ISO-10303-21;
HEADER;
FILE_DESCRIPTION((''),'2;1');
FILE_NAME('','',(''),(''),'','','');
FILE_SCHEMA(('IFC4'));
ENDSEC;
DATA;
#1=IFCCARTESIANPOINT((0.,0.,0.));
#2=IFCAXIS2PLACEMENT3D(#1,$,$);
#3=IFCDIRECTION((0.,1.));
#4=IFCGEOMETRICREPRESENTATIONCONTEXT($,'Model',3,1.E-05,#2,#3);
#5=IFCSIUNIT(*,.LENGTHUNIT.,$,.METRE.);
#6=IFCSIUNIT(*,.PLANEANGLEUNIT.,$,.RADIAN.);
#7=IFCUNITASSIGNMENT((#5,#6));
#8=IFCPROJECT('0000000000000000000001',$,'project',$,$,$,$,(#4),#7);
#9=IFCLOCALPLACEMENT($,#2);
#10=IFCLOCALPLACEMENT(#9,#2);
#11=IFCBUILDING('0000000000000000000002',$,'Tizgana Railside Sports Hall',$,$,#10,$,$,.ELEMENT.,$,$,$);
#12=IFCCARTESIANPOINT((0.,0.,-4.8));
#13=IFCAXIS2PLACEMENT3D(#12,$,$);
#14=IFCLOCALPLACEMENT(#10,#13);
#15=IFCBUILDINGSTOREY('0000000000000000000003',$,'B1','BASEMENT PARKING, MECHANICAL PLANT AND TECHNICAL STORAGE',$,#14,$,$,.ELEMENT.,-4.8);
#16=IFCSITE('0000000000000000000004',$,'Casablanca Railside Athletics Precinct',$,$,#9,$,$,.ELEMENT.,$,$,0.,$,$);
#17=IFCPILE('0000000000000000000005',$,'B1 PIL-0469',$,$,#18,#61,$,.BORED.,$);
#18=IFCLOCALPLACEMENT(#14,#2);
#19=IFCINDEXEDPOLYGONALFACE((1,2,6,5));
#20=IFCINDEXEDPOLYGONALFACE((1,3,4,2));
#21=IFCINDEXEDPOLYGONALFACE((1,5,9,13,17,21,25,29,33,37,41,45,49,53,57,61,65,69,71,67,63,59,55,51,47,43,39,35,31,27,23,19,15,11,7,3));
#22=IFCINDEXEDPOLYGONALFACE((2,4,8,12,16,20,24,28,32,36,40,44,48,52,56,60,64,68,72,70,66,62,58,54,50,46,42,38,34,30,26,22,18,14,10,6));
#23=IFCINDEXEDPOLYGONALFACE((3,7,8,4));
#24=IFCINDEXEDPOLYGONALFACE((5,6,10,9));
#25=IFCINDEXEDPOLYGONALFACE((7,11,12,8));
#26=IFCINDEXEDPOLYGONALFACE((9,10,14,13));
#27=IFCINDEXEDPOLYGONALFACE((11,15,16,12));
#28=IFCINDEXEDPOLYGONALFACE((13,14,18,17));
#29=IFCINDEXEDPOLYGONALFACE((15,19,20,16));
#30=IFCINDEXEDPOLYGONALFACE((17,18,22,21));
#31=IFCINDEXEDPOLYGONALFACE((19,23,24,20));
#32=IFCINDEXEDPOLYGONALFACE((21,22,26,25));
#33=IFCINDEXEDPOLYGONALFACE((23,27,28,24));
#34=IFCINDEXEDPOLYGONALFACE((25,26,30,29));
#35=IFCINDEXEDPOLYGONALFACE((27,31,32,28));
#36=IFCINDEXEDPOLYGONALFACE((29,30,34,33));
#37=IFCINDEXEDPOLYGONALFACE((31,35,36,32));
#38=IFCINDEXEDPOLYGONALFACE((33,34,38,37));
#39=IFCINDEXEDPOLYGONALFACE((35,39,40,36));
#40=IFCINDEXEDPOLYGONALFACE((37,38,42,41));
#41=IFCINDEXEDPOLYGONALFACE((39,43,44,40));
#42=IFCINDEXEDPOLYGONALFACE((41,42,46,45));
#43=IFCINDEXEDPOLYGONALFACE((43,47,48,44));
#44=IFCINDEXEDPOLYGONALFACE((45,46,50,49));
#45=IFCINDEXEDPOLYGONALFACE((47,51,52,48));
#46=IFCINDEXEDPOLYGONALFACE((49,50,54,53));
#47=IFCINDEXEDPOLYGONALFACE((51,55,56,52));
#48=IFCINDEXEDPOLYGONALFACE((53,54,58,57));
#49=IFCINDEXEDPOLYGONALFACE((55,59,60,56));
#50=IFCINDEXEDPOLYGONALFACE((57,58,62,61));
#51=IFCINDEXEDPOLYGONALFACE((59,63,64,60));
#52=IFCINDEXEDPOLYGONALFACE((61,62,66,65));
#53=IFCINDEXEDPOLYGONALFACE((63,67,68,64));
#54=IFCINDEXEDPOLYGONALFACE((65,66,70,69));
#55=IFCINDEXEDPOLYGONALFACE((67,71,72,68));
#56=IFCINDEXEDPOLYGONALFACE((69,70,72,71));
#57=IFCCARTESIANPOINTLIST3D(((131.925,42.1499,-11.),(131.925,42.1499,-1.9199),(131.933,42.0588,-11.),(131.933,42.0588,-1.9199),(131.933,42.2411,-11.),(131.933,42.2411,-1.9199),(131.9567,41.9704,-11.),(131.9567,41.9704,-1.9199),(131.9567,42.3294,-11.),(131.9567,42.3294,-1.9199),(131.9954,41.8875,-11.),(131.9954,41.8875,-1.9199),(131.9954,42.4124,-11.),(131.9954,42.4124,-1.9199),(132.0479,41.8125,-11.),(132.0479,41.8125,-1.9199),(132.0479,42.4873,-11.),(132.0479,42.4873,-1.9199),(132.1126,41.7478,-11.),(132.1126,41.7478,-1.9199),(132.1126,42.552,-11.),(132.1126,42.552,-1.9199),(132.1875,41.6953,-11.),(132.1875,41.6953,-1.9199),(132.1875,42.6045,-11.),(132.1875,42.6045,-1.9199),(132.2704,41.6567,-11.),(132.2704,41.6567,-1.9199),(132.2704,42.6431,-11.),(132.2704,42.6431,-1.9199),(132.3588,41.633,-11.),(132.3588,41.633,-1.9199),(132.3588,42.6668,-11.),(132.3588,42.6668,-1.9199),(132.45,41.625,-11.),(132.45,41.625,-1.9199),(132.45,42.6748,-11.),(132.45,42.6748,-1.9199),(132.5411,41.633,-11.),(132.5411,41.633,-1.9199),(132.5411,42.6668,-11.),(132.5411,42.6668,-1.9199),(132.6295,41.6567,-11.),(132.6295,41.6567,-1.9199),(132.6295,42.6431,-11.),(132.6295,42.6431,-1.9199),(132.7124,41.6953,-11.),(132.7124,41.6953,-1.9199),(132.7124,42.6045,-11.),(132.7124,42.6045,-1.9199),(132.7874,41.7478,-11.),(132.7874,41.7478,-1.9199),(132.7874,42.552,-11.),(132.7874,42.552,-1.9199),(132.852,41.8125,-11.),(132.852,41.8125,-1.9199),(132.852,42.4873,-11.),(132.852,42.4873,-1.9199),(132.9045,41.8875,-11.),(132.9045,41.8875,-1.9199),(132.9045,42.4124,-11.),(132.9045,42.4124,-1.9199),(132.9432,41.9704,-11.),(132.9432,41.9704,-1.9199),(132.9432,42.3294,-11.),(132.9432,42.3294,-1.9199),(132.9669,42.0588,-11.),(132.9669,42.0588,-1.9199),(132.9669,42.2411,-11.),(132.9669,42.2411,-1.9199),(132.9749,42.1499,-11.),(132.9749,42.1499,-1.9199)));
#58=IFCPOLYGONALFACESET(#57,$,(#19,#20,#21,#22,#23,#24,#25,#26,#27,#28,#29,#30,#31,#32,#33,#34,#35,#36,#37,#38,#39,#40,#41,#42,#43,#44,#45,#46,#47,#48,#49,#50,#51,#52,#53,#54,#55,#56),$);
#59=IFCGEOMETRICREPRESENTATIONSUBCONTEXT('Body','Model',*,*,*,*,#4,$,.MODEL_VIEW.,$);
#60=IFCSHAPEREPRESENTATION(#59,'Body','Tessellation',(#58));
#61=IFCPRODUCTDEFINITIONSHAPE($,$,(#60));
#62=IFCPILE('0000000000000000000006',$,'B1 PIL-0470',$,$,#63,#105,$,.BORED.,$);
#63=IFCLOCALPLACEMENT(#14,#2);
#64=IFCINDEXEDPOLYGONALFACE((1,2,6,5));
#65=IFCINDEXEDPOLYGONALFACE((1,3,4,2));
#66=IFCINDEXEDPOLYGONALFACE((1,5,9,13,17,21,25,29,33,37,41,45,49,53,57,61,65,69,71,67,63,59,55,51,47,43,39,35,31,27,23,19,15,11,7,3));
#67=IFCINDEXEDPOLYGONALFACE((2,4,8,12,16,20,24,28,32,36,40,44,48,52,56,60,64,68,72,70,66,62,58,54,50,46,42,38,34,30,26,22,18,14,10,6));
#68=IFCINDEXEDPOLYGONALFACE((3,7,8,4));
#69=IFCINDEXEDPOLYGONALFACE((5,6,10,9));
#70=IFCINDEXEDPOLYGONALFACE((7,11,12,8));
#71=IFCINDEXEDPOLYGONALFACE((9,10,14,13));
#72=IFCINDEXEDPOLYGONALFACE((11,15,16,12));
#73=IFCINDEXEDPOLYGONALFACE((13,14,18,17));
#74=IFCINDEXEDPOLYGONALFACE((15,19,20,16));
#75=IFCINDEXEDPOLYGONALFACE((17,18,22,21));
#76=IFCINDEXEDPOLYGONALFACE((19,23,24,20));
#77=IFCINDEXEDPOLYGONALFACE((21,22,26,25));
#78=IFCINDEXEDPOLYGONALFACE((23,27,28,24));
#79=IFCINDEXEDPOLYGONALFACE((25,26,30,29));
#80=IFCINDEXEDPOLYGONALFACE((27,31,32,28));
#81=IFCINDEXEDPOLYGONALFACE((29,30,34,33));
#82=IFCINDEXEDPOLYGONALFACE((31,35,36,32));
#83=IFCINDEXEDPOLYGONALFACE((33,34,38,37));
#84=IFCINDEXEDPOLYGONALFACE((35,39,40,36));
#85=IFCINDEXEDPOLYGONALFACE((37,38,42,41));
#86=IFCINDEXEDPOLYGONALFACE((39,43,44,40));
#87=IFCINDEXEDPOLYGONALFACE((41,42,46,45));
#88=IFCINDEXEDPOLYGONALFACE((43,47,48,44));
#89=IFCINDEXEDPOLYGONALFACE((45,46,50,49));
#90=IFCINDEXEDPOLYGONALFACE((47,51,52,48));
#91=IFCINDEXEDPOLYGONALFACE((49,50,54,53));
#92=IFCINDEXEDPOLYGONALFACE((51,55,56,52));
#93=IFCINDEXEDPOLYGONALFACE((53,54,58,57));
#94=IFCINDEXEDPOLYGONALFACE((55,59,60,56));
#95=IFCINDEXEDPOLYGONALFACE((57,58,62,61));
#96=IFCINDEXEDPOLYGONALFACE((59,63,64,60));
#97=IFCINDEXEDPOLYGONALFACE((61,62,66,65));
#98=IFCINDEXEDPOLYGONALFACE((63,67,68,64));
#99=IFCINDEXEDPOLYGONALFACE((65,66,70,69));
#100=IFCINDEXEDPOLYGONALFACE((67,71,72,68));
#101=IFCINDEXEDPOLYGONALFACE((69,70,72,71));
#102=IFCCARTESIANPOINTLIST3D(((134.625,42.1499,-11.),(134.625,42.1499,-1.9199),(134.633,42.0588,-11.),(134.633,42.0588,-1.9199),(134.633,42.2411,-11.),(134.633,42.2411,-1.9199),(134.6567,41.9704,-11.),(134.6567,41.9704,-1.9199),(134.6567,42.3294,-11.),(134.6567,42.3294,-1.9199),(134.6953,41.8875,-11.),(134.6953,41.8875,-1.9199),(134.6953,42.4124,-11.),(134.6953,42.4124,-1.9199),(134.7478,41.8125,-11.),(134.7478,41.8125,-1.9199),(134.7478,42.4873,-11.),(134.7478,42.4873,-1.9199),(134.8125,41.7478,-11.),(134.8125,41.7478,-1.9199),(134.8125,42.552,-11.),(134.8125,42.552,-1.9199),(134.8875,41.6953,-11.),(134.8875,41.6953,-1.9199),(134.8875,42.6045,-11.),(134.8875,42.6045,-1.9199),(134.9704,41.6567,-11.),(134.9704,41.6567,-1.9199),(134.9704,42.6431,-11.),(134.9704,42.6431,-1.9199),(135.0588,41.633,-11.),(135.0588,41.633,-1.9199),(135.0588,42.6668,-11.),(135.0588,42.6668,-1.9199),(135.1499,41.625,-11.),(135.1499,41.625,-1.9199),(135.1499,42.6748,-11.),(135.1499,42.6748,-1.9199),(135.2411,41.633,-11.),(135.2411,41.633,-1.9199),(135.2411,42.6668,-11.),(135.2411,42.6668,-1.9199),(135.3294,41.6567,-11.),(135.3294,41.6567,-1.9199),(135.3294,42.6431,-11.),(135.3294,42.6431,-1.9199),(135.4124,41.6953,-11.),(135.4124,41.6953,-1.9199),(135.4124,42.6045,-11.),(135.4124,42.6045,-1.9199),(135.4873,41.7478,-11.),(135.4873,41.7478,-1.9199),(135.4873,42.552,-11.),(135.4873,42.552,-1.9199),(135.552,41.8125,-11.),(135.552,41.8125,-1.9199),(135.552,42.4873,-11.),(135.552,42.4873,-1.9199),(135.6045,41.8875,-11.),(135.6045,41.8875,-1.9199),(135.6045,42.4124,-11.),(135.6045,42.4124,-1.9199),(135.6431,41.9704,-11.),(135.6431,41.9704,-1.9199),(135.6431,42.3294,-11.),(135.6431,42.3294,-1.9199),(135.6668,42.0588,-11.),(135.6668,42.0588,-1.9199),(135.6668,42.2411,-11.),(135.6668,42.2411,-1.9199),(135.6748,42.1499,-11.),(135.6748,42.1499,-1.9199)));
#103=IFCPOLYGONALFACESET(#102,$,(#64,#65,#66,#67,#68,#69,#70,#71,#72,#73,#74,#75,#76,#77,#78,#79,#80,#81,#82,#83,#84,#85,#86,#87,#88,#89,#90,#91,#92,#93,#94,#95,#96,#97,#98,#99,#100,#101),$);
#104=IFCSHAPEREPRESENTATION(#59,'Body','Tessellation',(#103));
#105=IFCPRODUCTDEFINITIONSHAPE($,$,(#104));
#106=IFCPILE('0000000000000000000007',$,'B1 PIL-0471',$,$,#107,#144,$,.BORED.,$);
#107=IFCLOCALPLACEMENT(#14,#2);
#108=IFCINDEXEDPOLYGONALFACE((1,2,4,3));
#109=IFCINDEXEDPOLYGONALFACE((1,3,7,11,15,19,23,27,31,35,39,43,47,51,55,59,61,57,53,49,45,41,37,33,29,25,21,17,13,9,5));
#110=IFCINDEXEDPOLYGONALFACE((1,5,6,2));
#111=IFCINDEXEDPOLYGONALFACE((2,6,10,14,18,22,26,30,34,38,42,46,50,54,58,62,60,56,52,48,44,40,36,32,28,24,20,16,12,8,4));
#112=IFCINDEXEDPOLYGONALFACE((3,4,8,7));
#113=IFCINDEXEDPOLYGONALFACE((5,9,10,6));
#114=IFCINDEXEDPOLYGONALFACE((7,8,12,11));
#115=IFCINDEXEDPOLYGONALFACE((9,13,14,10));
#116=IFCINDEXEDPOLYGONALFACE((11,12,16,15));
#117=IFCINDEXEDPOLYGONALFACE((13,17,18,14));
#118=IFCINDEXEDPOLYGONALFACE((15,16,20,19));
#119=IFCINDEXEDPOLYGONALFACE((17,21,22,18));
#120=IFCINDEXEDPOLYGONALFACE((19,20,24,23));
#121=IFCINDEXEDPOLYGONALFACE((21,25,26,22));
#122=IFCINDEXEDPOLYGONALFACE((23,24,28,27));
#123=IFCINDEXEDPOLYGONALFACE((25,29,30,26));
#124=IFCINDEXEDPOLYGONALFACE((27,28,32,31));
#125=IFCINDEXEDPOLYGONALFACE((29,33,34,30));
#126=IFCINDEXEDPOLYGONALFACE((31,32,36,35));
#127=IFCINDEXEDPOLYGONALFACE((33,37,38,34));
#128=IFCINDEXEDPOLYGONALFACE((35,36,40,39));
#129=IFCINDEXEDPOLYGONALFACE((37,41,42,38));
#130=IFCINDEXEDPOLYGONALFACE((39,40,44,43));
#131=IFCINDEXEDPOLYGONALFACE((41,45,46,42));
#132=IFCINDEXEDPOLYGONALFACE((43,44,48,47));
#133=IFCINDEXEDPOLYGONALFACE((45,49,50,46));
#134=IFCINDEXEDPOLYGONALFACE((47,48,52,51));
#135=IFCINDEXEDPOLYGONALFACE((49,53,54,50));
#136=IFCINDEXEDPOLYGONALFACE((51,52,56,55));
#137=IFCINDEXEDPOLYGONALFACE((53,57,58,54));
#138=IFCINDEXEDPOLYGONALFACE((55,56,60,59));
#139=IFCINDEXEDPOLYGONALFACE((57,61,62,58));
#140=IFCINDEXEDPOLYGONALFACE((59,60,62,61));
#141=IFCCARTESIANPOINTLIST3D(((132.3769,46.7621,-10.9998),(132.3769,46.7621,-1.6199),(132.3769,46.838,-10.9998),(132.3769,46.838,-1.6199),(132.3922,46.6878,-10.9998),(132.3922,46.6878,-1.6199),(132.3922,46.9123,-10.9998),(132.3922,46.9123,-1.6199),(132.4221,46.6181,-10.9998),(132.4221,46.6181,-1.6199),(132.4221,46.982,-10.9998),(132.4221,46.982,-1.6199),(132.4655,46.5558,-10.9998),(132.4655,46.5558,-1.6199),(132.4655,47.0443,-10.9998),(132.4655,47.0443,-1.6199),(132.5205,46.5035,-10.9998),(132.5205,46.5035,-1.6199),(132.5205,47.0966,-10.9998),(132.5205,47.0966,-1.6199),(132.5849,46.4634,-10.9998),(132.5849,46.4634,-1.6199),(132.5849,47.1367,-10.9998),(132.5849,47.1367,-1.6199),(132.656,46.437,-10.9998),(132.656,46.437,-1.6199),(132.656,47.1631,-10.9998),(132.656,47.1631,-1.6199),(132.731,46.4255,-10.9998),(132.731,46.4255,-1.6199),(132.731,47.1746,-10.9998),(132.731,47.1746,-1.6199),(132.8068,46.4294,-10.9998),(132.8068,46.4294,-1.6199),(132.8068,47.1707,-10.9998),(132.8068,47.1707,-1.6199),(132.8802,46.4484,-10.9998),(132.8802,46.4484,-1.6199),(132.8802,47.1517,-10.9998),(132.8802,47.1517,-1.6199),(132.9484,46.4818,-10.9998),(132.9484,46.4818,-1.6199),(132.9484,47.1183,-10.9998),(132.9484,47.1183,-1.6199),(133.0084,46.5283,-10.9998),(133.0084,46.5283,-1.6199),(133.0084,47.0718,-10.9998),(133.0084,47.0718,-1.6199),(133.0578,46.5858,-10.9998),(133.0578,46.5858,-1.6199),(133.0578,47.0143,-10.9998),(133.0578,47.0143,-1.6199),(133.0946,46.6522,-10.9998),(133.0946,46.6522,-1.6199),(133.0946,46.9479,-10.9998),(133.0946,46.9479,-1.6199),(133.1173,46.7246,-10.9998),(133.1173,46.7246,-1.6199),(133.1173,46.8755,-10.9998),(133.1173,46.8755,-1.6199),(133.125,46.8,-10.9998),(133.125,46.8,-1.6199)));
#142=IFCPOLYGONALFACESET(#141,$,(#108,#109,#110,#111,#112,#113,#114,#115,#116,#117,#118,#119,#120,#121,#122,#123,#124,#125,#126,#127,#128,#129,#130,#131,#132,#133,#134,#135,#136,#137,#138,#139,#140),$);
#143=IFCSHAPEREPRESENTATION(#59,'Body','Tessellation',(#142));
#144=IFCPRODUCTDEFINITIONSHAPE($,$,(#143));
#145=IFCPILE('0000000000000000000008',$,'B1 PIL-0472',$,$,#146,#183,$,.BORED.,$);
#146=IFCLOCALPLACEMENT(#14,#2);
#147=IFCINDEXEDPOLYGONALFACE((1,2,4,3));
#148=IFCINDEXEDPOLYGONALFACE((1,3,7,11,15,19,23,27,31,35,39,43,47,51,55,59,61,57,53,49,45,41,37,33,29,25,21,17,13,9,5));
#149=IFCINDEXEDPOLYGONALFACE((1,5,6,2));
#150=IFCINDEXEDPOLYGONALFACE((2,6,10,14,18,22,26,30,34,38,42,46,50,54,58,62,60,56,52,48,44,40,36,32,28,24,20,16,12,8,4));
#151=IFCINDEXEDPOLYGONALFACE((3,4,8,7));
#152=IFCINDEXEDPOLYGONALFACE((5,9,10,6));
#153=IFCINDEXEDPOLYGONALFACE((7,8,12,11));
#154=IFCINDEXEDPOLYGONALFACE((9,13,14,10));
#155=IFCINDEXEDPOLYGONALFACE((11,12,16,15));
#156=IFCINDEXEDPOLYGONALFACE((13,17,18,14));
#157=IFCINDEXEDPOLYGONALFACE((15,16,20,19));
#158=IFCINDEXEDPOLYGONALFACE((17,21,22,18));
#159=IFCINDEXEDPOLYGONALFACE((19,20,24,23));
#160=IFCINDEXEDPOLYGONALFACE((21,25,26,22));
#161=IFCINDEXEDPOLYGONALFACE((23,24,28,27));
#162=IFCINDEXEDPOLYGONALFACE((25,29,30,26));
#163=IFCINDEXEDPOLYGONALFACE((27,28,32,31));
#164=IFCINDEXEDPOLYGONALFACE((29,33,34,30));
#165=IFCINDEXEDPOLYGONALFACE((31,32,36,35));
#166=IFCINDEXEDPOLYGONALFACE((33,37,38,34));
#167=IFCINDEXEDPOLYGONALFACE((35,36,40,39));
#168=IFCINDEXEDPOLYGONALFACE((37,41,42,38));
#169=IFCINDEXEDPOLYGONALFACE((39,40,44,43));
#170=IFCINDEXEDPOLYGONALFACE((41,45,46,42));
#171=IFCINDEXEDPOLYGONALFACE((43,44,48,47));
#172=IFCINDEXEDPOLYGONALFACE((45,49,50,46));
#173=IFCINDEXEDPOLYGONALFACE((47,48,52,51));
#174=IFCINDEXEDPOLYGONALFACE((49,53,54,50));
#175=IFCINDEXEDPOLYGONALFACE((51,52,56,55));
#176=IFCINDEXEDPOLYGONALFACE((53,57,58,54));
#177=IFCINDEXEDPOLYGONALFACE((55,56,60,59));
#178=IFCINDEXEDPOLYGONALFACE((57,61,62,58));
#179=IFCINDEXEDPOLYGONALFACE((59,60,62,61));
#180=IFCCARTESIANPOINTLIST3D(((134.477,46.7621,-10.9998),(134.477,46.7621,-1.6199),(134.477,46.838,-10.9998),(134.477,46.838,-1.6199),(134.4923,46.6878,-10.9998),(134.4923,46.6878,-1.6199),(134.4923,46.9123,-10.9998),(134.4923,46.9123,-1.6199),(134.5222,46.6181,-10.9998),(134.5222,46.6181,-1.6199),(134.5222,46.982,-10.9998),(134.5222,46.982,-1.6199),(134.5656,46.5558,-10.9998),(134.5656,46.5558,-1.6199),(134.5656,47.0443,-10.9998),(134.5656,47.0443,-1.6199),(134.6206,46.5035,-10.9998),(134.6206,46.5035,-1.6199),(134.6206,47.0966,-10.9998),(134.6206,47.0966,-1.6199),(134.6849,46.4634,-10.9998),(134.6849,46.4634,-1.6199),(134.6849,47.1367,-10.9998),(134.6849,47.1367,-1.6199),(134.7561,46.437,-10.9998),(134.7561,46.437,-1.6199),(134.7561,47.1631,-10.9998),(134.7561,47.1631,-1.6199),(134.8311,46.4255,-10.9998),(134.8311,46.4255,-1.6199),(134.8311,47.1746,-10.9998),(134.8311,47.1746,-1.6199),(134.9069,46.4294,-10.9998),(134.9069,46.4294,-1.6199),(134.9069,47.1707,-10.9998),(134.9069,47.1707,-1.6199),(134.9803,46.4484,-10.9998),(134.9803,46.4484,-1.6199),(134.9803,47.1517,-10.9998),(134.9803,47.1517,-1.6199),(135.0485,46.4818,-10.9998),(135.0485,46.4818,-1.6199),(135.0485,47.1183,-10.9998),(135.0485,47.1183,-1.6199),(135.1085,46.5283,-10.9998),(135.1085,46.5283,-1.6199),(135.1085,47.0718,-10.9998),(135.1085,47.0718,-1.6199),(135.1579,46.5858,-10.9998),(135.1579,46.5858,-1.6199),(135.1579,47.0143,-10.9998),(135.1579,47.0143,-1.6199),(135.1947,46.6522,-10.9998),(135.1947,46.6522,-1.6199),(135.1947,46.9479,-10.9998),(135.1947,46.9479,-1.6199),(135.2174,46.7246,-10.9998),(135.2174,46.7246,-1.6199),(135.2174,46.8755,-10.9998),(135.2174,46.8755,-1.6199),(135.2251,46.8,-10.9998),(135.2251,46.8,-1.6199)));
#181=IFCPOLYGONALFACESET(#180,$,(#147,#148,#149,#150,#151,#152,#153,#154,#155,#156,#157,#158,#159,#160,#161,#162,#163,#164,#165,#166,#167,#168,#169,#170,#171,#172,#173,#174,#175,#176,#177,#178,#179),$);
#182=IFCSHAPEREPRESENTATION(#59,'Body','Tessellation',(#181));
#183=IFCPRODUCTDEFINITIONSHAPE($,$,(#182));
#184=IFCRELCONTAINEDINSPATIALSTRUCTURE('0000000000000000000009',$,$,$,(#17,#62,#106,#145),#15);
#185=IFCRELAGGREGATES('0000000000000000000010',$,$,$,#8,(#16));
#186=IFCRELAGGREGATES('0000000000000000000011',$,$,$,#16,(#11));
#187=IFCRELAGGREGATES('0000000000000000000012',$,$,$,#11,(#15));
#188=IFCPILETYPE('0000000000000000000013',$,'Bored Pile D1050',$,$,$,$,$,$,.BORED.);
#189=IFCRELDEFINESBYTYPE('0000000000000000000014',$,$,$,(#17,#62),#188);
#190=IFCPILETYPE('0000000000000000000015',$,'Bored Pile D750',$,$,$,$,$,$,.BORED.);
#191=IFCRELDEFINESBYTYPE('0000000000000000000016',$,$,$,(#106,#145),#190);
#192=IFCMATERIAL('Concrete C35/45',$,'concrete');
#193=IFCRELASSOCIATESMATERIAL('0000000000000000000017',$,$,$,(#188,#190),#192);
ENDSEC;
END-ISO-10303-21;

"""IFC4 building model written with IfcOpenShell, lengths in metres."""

from ifc_helpers import new_model, si_unit, direction, frame, origin, origin_2d, place, context, subcontext, project, spatial, circle, extrude, material, material_profile, profile_set, type_object, element, save


model = new_model("IFC4")

# Units and contexts
model_context = context("Model", 3, precision=1e-05, world=origin(), true_north=direction((0.0, 1.0)))
body_context = subcontext(model_context, "Body", "Model", "MODEL_VIEW")
ifc_project = project(units=[si_unit("LENGTHUNIT", "METRE"), si_unit("PLANEANGLEUNIT", "RADIAN")], contexts=[model_context])

# Site, building, storey
site_placement = place(None, origin())
site = spatial("IfcSite", under=ifc_project, at=site_placement, Name="Casablanca Railside Athletics Precinct", CompositionType="ELEMENT", RefElevation=0.0)
building_placement = place(site_placement, origin())
building = spatial("IfcBuilding", under=site, at=building_placement, Name="Tizgana Railside Sports Hall", CompositionType="ELEMENT")
storey_placement = place(building_placement, frame((0.0, 0.0, -4.8)))
storey = spatial("IfcBuildingStorey", under=building, at=storey_placement, Name="B1", Description="BASEMENT PARKING, MECHANICAL PLANT AND TECHNICAL STORAGE", CompositionType="ELEMENT", Elevation=-4.8)

# Piles
ifc_material_1 = material(Name="Concrete C35/45", Category="concrete")
ifc_material_profile_1 = material_profile(ifc_material_1, circle(Radius=0.5249, at=origin_2d()), Name="PILE D1050")
ifc_profile_set_1 = profile_set([ifc_material_profile_1], Name="Concrete C35/45")
pile_type_1 = type_object("IfcPileType", Name="Bored Pile D1050", PredefinedType="BORED", material=ifc_profile_set_1)
for number, where, z_axis, x_axis, name in (
    (1, (132.45, 42.1499, -1.9199), (0.0, 0.0, -1.0), (1.0, 0.0, 0.0), "B1 PIL-0469"),
    (2, (135.1499, 42.1499, -1.9199), (0.0, 0.0, -1.0), (1.0, 0.0, 0.0), "B1 PIL-0470"),
):
    element("IfcPile", number, at=place(storey_placement, frame(where, z_axis=z_axis, x_axis=x_axis)), inside=storey, type_object=pile_type_1, Name=name, PredefinedType="BORED", context=body_context, shape_type="SweptSolid", body=[
        extrude(circle(Radius=0.5249, at=origin_2d()), origin(), (0.0, 0.0, 1.0), 9.0801),
    ])
ifc_material_profile_2 = material_profile(ifc_material_1, circle(Radius=0.375, at=origin_2d()), Name="PILE D750")
ifc_profile_set_2 = profile_set([ifc_material_profile_2], Name="Concrete C35/45")
pile_type_2 = type_object("IfcPileType", Name="Bored Pile D750", PredefinedType="BORED", material=ifc_profile_set_2)
for number, where, z_axis, x_axis, name in (
    (3, (132.75, 46.8, -1.6199), (0.0, 0.0, -1.0), (1.0, 0.0, 0.0), "B1 PIL-0471"),
    (4, (134.8501, 46.8, -1.6199), (0.0, 0.0, -1.0), (1.0, 0.0, 0.0), "B1 PIL-0472"),
):
    element("IfcPile", number, at=place(storey_placement, frame(where, z_axis=z_axis, x_axis=x_axis)), inside=storey, type_object=pile_type_2, Name=name, PredefinedType="BORED", context=body_context, shape_type="SweptSolid", body=[
        extrude(circle(Radius=0.375, at=origin_2d()), origin(), (0.0, 0.0, 1.0), 9.3799),
    ])

save(model, "model.ifc")
